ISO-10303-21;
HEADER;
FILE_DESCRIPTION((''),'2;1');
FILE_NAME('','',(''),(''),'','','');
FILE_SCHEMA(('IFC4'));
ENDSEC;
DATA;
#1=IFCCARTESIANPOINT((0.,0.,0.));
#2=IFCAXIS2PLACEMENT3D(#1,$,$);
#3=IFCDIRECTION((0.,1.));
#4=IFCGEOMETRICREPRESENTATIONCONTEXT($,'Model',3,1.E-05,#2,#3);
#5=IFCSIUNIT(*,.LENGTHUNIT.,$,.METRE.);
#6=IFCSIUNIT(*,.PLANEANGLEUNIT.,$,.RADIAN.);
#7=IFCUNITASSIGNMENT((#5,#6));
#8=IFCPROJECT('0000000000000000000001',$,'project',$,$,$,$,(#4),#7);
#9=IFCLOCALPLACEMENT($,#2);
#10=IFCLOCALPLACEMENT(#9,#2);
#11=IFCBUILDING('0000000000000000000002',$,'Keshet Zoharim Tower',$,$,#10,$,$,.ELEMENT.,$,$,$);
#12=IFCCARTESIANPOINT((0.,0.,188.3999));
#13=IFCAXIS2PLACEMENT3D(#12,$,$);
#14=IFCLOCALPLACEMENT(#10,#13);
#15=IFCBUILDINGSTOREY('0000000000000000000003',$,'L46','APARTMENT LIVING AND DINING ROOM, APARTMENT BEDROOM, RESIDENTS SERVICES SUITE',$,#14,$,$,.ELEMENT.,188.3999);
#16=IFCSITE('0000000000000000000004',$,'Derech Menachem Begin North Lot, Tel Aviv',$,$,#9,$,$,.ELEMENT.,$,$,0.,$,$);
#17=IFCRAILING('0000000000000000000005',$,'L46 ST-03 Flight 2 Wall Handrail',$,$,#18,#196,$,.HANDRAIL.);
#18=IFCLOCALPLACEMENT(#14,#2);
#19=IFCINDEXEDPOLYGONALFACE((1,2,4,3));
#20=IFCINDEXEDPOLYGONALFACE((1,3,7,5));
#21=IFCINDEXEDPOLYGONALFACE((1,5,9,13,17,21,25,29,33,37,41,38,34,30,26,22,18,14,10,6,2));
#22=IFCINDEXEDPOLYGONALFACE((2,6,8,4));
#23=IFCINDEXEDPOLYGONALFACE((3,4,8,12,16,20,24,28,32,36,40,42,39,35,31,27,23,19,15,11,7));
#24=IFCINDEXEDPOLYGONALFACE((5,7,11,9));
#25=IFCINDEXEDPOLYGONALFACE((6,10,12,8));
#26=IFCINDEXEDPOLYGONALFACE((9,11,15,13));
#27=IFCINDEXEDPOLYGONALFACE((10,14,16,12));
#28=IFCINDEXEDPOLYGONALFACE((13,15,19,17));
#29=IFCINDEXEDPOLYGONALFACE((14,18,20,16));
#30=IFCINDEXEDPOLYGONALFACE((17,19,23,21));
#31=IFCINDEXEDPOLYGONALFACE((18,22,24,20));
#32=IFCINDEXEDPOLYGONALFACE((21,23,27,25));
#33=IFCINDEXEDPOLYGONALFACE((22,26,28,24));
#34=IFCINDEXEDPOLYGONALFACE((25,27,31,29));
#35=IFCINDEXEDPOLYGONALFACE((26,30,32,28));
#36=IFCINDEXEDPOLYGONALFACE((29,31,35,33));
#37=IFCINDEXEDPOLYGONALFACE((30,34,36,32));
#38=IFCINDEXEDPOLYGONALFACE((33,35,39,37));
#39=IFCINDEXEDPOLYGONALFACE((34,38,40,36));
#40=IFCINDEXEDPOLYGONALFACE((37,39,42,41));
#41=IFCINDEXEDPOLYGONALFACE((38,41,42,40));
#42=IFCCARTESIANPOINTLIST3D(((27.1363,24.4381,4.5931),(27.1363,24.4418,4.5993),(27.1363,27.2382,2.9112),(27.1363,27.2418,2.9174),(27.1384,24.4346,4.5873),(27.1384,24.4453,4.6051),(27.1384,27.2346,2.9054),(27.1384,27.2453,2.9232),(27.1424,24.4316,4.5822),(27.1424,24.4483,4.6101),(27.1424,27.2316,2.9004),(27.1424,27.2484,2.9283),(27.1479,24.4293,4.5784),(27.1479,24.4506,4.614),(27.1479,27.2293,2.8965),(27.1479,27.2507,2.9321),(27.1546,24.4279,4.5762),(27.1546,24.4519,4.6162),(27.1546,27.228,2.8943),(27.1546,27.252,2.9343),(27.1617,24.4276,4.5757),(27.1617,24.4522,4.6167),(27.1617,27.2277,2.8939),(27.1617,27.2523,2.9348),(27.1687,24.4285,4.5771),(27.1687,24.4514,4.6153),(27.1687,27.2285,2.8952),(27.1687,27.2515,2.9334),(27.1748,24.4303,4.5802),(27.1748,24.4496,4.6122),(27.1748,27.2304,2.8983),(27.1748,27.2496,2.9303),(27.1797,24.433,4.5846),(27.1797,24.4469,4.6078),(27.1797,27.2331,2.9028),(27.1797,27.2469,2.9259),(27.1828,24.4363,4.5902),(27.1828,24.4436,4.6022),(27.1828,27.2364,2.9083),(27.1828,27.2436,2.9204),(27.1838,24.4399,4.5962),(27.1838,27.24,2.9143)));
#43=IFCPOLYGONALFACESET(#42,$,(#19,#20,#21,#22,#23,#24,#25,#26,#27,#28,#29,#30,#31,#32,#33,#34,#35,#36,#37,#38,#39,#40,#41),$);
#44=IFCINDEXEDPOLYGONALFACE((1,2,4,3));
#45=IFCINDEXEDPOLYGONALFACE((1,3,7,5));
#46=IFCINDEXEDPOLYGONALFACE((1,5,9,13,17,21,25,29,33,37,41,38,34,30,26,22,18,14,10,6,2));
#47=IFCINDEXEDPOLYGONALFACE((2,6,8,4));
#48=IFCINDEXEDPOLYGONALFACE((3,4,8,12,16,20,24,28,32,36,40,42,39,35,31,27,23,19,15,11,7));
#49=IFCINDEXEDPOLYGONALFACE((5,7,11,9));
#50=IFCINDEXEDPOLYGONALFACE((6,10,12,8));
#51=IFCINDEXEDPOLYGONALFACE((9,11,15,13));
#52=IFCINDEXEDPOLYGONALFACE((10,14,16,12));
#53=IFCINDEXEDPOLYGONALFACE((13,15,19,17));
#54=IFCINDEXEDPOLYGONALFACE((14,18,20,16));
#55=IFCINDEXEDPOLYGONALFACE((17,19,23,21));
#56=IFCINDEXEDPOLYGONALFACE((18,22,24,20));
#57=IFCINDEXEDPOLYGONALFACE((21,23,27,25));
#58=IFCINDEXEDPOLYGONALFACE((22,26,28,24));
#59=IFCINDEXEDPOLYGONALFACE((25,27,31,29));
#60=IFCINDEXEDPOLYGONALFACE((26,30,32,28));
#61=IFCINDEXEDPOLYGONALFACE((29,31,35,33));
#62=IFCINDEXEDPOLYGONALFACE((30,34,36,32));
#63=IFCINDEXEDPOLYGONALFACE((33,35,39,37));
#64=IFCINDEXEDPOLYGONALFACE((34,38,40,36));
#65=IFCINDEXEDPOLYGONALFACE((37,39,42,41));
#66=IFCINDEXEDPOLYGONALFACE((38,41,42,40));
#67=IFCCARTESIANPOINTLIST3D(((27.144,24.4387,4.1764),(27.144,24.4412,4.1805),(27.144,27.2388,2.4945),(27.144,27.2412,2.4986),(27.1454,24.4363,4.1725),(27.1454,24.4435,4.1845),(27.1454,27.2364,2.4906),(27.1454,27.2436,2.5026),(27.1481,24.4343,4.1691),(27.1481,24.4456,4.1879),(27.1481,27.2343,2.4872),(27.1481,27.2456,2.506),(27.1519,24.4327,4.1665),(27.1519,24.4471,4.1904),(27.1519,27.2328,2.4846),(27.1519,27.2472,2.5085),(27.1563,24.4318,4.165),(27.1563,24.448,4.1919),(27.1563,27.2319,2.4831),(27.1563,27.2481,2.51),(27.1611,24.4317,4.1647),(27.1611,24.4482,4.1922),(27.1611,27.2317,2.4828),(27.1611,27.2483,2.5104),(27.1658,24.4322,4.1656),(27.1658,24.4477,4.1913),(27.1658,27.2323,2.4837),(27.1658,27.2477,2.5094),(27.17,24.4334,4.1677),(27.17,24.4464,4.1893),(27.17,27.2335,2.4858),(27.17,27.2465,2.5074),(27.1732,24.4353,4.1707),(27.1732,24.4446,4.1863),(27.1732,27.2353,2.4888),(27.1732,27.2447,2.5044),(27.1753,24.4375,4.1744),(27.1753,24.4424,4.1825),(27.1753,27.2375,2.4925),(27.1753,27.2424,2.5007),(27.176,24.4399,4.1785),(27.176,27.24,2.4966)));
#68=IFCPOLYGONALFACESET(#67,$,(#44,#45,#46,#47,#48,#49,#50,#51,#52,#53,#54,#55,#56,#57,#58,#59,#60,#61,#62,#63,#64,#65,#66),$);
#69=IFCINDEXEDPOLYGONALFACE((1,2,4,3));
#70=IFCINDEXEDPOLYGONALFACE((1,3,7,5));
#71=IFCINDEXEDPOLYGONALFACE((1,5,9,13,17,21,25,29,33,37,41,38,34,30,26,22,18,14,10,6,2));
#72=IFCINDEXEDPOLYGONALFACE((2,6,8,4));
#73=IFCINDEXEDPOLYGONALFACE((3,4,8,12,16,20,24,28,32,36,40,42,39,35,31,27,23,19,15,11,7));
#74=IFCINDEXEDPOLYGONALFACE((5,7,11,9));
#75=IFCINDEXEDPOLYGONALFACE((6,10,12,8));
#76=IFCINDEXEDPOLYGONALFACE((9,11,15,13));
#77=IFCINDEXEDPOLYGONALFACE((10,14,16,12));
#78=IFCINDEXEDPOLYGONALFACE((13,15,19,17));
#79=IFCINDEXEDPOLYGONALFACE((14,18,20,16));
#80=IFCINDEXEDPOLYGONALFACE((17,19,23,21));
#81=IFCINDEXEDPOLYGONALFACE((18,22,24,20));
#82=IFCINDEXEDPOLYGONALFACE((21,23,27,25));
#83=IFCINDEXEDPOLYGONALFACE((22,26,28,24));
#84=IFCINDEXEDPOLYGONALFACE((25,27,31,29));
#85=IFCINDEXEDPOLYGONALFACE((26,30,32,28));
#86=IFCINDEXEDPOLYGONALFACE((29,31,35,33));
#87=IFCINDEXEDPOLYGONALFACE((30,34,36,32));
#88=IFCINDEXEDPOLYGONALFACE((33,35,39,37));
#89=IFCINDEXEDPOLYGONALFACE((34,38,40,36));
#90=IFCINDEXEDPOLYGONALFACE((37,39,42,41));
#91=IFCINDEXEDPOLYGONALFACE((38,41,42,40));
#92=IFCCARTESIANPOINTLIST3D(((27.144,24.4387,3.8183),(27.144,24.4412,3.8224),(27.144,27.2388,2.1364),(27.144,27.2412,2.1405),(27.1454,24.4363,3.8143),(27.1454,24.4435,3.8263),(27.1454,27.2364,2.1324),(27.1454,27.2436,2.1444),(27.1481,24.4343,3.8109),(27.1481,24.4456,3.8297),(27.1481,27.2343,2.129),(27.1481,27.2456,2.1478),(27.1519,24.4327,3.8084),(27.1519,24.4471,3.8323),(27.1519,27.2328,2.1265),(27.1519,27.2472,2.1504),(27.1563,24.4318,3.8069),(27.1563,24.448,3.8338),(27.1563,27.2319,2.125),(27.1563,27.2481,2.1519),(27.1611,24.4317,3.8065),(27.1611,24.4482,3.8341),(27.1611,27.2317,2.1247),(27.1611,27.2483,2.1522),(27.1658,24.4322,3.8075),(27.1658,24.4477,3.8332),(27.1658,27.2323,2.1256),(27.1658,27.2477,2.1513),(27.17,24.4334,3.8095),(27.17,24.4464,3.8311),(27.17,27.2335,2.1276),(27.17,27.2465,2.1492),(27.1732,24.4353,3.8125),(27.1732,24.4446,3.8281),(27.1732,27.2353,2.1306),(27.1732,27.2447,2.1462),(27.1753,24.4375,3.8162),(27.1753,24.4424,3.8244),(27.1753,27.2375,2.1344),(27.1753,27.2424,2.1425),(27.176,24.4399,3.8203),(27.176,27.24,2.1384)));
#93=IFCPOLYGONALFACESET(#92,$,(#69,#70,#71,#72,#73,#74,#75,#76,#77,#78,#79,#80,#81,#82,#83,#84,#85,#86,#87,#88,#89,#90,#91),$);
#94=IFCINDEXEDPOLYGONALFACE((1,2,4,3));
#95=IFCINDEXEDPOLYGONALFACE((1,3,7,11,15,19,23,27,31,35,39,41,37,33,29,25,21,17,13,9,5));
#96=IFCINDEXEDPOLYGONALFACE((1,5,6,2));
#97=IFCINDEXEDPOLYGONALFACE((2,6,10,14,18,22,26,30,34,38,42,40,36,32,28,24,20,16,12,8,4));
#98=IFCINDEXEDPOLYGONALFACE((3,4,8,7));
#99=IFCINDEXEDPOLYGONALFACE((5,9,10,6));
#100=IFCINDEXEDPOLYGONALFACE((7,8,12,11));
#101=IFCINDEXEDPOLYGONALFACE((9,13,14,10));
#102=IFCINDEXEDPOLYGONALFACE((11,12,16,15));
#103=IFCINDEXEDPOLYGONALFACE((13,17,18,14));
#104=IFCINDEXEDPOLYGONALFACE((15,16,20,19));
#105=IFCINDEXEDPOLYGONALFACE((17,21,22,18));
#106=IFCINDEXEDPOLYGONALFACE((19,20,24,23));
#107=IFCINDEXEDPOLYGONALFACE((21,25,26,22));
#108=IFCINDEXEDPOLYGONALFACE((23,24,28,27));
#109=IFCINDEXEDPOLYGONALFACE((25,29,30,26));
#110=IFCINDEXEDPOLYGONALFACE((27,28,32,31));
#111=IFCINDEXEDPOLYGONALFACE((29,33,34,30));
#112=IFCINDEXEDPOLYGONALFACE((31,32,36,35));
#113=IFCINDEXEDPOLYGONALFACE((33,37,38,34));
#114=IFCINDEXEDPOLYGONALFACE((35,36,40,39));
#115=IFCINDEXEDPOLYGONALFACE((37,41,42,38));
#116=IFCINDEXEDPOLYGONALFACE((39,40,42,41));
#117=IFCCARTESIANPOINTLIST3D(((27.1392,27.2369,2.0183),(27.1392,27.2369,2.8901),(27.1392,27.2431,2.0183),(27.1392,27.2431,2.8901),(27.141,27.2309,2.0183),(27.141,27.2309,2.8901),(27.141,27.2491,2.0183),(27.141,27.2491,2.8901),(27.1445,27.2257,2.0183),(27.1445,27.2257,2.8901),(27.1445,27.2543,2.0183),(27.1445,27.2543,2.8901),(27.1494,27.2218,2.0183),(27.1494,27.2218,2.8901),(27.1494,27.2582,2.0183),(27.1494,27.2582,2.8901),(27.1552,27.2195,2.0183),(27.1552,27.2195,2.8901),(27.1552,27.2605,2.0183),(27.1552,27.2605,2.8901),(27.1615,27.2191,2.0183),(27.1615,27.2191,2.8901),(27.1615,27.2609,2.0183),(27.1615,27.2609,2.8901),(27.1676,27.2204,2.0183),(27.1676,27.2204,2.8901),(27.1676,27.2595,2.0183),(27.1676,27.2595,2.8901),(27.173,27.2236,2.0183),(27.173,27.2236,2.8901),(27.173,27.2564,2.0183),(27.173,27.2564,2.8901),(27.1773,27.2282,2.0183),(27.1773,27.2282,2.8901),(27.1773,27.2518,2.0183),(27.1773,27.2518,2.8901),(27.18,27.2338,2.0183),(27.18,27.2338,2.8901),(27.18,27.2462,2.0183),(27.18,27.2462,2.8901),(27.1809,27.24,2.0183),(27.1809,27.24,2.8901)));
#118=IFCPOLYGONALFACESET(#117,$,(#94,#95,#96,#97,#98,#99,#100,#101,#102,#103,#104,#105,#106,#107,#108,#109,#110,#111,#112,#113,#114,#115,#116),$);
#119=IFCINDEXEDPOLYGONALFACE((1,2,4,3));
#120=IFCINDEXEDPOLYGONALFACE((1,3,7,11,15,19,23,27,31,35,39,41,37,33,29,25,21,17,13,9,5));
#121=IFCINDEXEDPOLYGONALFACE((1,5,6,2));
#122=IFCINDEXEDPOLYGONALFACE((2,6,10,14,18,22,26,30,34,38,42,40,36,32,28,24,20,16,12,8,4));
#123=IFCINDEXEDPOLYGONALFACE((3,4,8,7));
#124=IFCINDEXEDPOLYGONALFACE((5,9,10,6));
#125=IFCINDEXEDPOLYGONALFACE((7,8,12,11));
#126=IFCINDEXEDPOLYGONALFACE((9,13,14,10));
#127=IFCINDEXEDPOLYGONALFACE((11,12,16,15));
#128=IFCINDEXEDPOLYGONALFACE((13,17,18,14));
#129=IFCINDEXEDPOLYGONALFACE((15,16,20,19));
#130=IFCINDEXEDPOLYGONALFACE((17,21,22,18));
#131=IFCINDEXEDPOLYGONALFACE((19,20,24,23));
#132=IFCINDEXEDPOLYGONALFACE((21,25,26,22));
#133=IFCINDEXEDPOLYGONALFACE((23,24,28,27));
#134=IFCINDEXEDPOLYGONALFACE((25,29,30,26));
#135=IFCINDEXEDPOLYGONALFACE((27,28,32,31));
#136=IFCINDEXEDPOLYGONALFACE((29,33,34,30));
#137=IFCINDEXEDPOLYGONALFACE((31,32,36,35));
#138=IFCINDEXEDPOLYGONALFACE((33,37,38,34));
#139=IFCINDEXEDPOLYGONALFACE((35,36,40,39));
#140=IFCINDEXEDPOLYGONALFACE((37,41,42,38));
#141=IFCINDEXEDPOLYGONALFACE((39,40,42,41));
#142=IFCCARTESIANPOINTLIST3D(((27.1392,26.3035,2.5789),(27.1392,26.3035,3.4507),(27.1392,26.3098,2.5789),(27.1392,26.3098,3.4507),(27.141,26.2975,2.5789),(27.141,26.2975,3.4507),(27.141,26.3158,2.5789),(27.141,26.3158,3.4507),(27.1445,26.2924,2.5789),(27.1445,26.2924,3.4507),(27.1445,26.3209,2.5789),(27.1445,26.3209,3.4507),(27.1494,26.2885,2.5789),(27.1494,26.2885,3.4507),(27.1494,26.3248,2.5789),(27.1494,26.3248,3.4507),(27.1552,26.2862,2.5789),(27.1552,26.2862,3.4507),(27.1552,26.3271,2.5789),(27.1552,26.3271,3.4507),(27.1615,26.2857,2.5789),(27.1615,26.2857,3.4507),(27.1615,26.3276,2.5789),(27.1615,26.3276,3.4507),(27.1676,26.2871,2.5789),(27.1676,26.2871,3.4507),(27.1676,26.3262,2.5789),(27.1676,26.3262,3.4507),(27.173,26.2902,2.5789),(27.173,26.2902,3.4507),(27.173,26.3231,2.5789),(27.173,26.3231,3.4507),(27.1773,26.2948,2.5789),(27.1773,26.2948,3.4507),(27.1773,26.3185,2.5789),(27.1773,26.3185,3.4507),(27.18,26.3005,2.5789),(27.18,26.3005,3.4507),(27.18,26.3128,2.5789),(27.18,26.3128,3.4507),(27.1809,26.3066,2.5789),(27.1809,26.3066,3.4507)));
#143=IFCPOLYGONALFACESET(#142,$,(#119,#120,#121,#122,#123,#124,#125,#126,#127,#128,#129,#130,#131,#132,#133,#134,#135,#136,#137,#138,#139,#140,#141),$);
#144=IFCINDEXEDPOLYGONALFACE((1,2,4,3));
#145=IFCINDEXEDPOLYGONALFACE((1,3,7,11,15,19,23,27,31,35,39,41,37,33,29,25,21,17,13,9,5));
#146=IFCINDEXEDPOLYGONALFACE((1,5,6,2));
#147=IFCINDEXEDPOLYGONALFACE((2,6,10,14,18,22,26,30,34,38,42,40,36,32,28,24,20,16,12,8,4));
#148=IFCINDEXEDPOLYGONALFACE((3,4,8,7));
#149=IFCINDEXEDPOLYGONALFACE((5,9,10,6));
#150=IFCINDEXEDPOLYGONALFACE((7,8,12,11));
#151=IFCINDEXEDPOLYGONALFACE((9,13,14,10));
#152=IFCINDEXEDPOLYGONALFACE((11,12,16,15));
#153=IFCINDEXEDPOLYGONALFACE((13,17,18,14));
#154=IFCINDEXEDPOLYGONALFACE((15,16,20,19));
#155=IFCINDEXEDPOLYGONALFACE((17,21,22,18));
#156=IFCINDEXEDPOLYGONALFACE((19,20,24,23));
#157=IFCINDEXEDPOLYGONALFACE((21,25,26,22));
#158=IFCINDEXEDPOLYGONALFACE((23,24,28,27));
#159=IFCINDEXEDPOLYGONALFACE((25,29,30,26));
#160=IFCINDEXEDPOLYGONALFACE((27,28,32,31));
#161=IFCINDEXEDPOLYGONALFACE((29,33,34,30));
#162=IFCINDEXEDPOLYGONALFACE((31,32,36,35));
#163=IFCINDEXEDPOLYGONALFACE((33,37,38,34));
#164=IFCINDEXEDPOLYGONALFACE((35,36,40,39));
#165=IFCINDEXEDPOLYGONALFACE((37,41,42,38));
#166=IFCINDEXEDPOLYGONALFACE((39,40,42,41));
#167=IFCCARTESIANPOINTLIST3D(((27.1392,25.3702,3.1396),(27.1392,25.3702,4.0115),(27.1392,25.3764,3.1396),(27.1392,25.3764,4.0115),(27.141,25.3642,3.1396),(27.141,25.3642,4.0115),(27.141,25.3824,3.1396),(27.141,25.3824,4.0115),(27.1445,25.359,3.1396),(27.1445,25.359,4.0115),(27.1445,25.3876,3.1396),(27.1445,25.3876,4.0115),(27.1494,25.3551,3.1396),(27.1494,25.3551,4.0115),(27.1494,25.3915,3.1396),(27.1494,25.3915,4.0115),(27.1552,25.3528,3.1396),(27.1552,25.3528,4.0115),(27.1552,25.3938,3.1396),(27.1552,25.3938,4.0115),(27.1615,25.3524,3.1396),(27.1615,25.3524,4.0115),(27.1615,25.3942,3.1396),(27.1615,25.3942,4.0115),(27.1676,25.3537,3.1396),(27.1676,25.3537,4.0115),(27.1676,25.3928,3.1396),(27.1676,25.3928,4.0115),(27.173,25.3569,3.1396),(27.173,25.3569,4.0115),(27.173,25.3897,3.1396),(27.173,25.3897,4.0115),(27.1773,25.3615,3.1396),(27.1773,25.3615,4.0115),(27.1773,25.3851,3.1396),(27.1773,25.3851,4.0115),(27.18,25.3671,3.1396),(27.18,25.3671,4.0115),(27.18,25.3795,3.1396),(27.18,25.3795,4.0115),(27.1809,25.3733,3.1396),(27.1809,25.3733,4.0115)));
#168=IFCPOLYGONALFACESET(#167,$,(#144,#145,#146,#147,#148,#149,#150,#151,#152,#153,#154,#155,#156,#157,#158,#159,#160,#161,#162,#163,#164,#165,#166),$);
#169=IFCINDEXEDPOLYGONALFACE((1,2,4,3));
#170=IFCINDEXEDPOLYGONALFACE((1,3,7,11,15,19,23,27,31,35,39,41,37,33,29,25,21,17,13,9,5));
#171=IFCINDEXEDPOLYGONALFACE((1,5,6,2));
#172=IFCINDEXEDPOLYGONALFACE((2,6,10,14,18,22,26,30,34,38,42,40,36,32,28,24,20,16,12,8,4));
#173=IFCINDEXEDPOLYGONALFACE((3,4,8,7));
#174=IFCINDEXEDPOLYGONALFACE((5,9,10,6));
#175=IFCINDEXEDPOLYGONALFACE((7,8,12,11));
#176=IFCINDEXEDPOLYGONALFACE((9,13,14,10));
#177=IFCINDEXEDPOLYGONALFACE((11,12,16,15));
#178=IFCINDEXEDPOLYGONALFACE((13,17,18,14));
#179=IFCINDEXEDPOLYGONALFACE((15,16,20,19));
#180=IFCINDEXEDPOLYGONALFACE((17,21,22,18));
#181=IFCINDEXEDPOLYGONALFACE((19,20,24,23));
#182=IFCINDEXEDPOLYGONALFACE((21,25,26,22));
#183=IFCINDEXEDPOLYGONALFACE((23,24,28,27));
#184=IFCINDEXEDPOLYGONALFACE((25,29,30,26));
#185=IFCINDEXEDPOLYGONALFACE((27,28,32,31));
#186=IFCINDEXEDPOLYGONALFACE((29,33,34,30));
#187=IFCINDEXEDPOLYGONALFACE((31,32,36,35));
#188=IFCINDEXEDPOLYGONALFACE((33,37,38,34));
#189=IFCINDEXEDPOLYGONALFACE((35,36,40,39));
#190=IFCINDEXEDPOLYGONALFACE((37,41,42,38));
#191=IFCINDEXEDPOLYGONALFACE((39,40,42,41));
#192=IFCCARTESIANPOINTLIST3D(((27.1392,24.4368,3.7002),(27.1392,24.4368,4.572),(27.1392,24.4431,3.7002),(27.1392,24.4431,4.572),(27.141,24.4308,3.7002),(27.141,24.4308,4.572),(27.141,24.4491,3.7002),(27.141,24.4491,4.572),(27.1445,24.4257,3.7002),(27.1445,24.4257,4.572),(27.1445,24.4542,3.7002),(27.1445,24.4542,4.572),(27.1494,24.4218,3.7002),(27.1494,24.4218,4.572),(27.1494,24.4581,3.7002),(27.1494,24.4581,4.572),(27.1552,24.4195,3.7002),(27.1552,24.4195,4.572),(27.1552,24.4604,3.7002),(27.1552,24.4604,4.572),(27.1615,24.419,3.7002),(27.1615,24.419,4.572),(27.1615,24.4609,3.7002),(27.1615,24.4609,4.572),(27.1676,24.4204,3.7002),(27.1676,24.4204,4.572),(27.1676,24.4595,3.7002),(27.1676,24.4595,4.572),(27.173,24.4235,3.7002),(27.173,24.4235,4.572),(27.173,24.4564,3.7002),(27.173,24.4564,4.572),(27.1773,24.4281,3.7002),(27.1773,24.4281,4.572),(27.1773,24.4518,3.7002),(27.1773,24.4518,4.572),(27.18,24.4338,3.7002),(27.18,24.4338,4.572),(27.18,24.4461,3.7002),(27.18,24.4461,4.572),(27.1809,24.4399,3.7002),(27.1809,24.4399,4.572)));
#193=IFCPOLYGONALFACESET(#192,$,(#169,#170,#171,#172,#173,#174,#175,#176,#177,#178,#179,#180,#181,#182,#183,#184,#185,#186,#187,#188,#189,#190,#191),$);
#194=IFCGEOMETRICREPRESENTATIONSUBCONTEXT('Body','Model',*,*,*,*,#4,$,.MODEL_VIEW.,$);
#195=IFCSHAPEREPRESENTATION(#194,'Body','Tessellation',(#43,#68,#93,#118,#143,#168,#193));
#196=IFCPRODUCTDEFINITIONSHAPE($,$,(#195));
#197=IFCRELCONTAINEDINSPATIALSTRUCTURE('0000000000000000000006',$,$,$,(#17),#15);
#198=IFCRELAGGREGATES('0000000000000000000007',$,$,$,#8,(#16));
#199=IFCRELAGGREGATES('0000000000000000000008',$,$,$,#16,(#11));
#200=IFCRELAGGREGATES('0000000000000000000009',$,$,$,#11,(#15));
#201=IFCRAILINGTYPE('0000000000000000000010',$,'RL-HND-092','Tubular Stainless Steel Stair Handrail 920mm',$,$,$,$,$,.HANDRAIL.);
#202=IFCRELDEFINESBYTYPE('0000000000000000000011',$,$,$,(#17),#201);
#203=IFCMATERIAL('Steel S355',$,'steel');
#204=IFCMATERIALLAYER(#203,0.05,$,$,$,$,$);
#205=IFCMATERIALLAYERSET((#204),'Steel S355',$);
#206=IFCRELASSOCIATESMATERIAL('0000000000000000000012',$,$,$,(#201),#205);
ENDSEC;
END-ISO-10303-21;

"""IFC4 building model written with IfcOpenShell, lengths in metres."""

from ifc_helpers import new_model, si_unit, direction, frame, origin, origin_2d, place, context, subcontext, project, spatial, circle, extrude, material, layer, layer_set, type_object, element, save


model = new_model("IFC4")

# Units and contexts
model_context = context("Model", 3, precision=1e-05, world=origin(), true_north=direction((0.0, 1.0)))
body_context = subcontext(model_context, "Body", "Model", "MODEL_VIEW")
ifc_project = project(units=[si_unit("LENGTHUNIT", "METRE"), si_unit("PLANEANGLEUNIT", "RADIAN")], contexts=[model_context])

# Site, building, storey
site_placement = place(None, origin())
site = spatial("IfcSite", under=ifc_project, at=site_placement, Name="Derech Menachem Begin North Lot, Tel Aviv", CompositionType="ELEMENT", RefElevation=0.0)
building_placement = place(site_placement, origin())
building = spatial("IfcBuilding", under=site, at=building_placement, Name="Keshet Zoharim Tower", CompositionType="ELEMENT")
storey_placement = place(building_placement, frame((0.0, 0.0, 188.3999)))
storey = spatial("IfcBuildingStorey", under=building, at=storey_placement, Name="L46", Description="APARTMENT LIVING AND DINING ROOM, APARTMENT BEDROOM, RESIDENTS SERVICES SUITE", CompositionType="ELEMENT", Elevation=188.3999)

# Shared definitions
ifc_material_1 = material(Name="Steel S355", Category="steel")

# Railing
ifc_layer_1 = layer(ifc_material_1, 0.05)
ifc_layer_set_1 = layer_set([ifc_layer_1], Name="Steel S355")
railing_type = type_object("IfcRailingType", Name="RL-HND-092", Description="Tubular Stainless Steel Stair Handrail 920mm", PredefinedType="HANDRAIL", material=ifc_layer_set_1)
railing_placement = place(storey_placement, frame((27.1599, 27.24, 2.0183)))
element("IfcRailing", 1, at=railing_placement, inside=storey, type_object=railing_type, Name="L46 ST-03 Flight 2 Wall Handrail", PredefinedType="HANDRAIL", context=body_context, shape_type="SweptSolid", body=[
    extrude(circle(Radius=0.0239, at=origin_2d()), frame((0.0, 0.0, 0.896), z_axis=(0.0, -0.857242, 0.514913), x_axis=(1.0, 0.0, 0.0)), (0.0, 0.0, 1.0), 3.2664),
    extrude(circle(Radius=0.0161, at=origin_2d()), frame((0.0, 0.0, 0.4783), z_axis=(0.0, -0.857242, 0.514913), x_axis=(1.0, 0.0, 0.0)), (0.0, 0.0, 1.0), 3.2664),
    extrude(circle(Radius=0.0161, at=origin_2d()), frame((0.0, 0.0, 0.1201), z_axis=(0.0, -0.857242, 0.514913), x_axis=(1.0, 0.0, 0.0)), (0.0, 0.0, 1.0), 3.2664),
    extrude(circle(Radius=0.021, at=origin_2d()), origin(), (0.0, 0.0, 1.0), 0.8718),
    extrude(circle(Radius=0.021, at=origin_2d()), frame((0.0, -0.9333, 0.5605)), (0.0, 0.0, 1.0), 0.8718),
    extrude(circle(Radius=0.021, at=origin_2d()), frame((0.0, -1.8667, 1.1213)), (0.0, 0.0, 1.0), 0.8718),
    extrude(circle(Radius=0.021, at=origin_2d()), frame((0.0, -2.8, 1.6819)), (0.0, 0.0, 1.0), 0.8718),
])

save(model, "model.ifc")
